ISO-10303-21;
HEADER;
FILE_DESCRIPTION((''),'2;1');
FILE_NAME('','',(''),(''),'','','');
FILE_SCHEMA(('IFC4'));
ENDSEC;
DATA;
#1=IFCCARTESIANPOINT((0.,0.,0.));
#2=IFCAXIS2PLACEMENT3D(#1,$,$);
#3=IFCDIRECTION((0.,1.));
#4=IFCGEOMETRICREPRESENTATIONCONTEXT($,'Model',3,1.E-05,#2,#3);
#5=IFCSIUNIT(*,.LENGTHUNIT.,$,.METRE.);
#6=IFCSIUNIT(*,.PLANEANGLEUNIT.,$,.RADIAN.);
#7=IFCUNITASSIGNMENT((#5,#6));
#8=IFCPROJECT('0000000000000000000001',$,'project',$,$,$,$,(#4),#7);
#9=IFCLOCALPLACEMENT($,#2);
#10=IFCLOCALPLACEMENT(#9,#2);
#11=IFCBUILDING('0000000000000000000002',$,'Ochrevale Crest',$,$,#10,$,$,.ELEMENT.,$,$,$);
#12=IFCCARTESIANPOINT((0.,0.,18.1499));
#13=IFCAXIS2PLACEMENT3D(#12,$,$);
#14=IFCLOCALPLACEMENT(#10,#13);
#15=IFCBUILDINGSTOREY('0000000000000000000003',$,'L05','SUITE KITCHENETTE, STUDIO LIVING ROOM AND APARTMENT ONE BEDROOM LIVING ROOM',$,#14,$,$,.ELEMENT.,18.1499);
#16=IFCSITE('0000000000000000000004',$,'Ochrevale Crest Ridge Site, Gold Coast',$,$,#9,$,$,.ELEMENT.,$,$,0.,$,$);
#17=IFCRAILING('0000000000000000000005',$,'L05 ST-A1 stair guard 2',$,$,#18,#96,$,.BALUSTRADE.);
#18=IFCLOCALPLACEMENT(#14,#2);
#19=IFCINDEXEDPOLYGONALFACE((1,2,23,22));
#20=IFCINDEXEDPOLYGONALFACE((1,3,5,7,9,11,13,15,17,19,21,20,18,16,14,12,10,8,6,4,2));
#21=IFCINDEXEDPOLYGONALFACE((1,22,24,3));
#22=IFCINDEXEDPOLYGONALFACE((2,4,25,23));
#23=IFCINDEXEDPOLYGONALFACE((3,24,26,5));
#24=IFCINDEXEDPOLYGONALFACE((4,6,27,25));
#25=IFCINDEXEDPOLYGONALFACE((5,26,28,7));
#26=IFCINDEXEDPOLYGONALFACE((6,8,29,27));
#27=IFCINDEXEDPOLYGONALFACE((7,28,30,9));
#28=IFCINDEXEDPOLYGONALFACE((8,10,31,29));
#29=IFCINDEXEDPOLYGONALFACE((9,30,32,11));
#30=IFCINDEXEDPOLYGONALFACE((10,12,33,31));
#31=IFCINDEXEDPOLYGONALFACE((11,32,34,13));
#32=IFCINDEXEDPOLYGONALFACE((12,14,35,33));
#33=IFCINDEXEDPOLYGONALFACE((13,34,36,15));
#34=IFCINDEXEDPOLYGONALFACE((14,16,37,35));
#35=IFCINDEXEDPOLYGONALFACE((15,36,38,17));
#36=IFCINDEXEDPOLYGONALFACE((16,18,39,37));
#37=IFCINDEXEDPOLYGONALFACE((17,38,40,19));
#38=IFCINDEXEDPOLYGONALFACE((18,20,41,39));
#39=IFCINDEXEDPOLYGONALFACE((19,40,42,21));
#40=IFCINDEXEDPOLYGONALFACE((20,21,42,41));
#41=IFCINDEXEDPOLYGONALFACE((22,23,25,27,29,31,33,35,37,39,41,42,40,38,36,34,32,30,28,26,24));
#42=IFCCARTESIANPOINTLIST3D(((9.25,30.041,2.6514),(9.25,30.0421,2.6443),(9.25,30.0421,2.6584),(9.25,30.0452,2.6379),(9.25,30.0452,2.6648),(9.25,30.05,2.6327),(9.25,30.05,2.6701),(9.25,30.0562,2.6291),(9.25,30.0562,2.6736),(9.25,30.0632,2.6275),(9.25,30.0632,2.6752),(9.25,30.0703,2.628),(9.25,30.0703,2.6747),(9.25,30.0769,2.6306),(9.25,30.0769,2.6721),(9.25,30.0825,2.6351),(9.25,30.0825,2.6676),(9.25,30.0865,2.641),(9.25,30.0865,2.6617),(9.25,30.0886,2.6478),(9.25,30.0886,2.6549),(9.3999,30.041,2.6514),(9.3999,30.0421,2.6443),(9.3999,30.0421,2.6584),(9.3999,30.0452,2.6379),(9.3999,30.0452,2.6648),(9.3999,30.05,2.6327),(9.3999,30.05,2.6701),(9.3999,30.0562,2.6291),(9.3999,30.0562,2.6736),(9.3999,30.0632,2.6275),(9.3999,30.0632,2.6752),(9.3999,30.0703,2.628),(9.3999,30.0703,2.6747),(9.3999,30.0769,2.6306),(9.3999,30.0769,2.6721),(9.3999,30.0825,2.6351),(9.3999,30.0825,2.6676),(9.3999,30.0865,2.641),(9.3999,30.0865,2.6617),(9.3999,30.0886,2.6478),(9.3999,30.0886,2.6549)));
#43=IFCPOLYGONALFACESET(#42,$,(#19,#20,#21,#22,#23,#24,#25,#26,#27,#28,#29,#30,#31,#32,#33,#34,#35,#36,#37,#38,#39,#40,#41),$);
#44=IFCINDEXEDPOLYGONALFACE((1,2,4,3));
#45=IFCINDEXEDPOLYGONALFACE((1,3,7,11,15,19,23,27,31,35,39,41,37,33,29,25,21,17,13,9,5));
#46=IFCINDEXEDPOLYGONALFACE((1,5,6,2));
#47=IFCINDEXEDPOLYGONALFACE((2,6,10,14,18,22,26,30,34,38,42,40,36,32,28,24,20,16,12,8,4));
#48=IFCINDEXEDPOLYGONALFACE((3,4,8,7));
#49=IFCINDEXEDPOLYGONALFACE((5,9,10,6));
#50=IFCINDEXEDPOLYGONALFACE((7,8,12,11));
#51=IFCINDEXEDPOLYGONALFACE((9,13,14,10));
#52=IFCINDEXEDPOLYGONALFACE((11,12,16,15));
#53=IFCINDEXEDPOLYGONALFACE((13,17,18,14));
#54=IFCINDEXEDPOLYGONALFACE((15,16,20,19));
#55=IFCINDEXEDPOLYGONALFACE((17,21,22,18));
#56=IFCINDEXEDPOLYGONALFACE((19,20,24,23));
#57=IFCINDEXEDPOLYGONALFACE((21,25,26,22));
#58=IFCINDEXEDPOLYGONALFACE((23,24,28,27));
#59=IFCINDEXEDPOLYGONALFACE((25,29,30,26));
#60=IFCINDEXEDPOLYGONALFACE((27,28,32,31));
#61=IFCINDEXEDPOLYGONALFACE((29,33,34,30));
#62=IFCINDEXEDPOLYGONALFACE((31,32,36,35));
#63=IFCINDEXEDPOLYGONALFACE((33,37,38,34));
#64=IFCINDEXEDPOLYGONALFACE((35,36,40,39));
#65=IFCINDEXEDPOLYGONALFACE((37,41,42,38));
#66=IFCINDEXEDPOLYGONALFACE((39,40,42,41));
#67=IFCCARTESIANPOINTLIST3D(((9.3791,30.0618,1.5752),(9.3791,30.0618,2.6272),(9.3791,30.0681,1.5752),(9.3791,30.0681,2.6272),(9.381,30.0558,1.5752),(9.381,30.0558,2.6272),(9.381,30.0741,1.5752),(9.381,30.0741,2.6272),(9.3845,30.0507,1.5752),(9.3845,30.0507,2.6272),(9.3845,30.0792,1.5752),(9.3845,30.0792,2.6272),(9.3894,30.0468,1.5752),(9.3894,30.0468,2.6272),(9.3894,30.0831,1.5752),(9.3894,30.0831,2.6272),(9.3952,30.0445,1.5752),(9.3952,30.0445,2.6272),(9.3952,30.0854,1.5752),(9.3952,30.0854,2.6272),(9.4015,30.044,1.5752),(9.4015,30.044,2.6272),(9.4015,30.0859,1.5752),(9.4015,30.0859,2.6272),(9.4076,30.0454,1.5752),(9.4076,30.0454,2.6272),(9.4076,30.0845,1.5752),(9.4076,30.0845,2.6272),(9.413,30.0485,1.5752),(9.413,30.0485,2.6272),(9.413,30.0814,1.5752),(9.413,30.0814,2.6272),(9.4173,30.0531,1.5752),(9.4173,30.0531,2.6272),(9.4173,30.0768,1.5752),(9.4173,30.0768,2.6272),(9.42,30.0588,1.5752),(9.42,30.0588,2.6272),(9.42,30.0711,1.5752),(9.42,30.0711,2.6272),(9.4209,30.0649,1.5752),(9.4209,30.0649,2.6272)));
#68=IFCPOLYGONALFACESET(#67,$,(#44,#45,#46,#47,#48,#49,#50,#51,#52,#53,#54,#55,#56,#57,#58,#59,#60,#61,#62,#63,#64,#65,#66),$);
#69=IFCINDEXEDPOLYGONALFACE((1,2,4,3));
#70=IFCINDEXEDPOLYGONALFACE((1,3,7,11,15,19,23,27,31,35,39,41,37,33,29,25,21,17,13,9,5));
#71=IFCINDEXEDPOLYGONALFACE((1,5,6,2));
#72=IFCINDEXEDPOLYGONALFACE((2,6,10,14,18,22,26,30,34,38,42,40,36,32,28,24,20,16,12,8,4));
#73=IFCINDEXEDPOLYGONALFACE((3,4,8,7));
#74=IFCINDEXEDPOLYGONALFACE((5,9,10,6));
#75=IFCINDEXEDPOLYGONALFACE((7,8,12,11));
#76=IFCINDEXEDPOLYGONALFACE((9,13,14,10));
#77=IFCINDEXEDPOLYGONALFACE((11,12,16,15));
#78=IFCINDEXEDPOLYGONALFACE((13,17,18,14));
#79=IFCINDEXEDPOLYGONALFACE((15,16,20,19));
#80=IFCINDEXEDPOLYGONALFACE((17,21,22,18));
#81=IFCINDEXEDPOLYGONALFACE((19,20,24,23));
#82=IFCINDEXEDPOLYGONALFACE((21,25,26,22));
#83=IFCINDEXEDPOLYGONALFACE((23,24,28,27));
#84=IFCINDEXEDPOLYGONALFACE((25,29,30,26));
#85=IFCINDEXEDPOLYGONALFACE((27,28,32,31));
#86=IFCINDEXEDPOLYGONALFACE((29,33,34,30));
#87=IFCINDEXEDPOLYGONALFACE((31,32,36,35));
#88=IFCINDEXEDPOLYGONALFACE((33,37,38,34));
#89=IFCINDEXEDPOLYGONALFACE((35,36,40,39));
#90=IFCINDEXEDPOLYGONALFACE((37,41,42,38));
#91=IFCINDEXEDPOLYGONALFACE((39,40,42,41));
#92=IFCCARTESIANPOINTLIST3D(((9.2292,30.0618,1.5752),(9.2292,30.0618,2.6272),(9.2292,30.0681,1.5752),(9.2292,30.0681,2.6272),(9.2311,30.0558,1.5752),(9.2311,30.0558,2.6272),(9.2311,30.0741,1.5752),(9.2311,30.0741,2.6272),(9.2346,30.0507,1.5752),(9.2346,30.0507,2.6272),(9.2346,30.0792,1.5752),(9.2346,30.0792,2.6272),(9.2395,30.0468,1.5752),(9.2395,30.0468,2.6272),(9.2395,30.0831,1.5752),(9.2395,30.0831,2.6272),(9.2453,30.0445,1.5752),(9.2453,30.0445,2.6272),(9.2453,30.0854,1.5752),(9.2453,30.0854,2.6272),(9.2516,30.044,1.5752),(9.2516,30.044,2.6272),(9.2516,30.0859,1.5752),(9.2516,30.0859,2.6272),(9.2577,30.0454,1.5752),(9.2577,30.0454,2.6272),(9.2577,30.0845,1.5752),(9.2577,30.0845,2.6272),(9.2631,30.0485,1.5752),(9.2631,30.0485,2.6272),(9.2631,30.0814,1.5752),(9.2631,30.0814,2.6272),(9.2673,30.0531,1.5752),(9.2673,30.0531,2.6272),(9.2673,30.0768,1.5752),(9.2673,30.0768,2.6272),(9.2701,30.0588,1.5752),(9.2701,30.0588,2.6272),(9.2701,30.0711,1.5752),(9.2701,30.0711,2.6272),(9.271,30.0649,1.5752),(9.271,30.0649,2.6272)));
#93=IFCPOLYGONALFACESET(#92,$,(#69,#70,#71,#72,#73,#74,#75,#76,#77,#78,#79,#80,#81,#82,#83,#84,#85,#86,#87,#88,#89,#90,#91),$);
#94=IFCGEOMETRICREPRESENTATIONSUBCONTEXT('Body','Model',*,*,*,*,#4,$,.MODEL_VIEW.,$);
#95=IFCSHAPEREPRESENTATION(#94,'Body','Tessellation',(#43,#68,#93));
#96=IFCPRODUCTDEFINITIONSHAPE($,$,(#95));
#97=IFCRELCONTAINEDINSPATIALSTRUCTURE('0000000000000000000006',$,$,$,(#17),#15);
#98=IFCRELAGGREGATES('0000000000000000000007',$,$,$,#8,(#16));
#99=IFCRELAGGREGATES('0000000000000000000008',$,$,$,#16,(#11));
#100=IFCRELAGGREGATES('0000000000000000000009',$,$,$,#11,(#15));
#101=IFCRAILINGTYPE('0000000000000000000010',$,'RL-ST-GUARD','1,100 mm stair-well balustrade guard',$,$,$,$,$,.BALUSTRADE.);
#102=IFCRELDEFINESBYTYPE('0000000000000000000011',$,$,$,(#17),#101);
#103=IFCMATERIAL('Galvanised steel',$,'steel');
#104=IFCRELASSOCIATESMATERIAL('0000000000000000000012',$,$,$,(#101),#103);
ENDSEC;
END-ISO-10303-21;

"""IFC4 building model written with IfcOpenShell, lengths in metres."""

from ifc_helpers import new_model, si_unit, direction, frame, origin, origin_2d, place, context, subcontext, project, spatial, circle, extrude, material, type_object, element, save


model = new_model("IFC4")

# Units and contexts
model_context = context("Model", 3, precision=1e-05, world=origin(), true_north=direction((0.0, 1.0)))
body_context = subcontext(model_context, "Body", "Model", "MODEL_VIEW")
ifc_project = project(units=[si_unit("LENGTHUNIT", "METRE"), si_unit("PLANEANGLEUNIT", "RADIAN")], contexts=[model_context])

# Site, building, storey
site_placement = place(None, origin())
site = spatial("IfcSite", under=ifc_project, at=site_placement, Name="Ochrevale Crest Ridge Site, Gold Coast", CompositionType="ELEMENT", RefElevation=0.0)
building_placement = place(site_placement, origin())
building = spatial("IfcBuilding", under=site, at=building_placement, Name="Ochrevale Crest", CompositionType="ELEMENT")
storey_placement = place(building_placement, frame((0.0, 0.0, 18.1499)))
storey = spatial("IfcBuildingStorey", under=building, at=storey_placement, Name="L05", Description="SUITE KITCHENETTE, STUDIO LIVING ROOM AND APARTMENT ONE BEDROOM LIVING ROOM", CompositionType="ELEMENT", Elevation=18.1499)

# Railing
ifc_material_1 = material(Name="Galvanised steel", Category="steel")
railing_type_1 = type_object("IfcRailingType", Name="RL-ST-GUARD", Description="1,100 mm stair-well balustrade guard", PredefinedType="BALUSTRADE", material=ifc_material_1)
railing_1_placement = place(storey_placement, frame((9.3999, 30.0649, 1.5752)))
element("IfcRailing", 1, at=railing_1_placement, inside=storey, type_object=railing_type_1, Name="L05 ST-A1 stair guard 2", PredefinedType="BALUSTRADE", context=body_context, shape_type="SweptSolid", body=[
    extrude(circle(Radius=0.0239, at=origin_2d()), frame((0.0, 0.0, 1.0762), z_axis=(-1.0, 0.0, 0.0), x_axis=(0.0, -1.0, 0.0)), (0.0, 0.0, 1.0), 0.1499),
    extrude(circle(Radius=0.021, at=origin_2d()), origin(), (0.0, 0.0, 1.0), 1.052),
    extrude(circle(Radius=0.021, at=origin_2d()), frame((-0.1499, 0.0, 0.0)), (0.0, 0.0, 1.0), 1.052),
])

save(model, "model.ifc")
